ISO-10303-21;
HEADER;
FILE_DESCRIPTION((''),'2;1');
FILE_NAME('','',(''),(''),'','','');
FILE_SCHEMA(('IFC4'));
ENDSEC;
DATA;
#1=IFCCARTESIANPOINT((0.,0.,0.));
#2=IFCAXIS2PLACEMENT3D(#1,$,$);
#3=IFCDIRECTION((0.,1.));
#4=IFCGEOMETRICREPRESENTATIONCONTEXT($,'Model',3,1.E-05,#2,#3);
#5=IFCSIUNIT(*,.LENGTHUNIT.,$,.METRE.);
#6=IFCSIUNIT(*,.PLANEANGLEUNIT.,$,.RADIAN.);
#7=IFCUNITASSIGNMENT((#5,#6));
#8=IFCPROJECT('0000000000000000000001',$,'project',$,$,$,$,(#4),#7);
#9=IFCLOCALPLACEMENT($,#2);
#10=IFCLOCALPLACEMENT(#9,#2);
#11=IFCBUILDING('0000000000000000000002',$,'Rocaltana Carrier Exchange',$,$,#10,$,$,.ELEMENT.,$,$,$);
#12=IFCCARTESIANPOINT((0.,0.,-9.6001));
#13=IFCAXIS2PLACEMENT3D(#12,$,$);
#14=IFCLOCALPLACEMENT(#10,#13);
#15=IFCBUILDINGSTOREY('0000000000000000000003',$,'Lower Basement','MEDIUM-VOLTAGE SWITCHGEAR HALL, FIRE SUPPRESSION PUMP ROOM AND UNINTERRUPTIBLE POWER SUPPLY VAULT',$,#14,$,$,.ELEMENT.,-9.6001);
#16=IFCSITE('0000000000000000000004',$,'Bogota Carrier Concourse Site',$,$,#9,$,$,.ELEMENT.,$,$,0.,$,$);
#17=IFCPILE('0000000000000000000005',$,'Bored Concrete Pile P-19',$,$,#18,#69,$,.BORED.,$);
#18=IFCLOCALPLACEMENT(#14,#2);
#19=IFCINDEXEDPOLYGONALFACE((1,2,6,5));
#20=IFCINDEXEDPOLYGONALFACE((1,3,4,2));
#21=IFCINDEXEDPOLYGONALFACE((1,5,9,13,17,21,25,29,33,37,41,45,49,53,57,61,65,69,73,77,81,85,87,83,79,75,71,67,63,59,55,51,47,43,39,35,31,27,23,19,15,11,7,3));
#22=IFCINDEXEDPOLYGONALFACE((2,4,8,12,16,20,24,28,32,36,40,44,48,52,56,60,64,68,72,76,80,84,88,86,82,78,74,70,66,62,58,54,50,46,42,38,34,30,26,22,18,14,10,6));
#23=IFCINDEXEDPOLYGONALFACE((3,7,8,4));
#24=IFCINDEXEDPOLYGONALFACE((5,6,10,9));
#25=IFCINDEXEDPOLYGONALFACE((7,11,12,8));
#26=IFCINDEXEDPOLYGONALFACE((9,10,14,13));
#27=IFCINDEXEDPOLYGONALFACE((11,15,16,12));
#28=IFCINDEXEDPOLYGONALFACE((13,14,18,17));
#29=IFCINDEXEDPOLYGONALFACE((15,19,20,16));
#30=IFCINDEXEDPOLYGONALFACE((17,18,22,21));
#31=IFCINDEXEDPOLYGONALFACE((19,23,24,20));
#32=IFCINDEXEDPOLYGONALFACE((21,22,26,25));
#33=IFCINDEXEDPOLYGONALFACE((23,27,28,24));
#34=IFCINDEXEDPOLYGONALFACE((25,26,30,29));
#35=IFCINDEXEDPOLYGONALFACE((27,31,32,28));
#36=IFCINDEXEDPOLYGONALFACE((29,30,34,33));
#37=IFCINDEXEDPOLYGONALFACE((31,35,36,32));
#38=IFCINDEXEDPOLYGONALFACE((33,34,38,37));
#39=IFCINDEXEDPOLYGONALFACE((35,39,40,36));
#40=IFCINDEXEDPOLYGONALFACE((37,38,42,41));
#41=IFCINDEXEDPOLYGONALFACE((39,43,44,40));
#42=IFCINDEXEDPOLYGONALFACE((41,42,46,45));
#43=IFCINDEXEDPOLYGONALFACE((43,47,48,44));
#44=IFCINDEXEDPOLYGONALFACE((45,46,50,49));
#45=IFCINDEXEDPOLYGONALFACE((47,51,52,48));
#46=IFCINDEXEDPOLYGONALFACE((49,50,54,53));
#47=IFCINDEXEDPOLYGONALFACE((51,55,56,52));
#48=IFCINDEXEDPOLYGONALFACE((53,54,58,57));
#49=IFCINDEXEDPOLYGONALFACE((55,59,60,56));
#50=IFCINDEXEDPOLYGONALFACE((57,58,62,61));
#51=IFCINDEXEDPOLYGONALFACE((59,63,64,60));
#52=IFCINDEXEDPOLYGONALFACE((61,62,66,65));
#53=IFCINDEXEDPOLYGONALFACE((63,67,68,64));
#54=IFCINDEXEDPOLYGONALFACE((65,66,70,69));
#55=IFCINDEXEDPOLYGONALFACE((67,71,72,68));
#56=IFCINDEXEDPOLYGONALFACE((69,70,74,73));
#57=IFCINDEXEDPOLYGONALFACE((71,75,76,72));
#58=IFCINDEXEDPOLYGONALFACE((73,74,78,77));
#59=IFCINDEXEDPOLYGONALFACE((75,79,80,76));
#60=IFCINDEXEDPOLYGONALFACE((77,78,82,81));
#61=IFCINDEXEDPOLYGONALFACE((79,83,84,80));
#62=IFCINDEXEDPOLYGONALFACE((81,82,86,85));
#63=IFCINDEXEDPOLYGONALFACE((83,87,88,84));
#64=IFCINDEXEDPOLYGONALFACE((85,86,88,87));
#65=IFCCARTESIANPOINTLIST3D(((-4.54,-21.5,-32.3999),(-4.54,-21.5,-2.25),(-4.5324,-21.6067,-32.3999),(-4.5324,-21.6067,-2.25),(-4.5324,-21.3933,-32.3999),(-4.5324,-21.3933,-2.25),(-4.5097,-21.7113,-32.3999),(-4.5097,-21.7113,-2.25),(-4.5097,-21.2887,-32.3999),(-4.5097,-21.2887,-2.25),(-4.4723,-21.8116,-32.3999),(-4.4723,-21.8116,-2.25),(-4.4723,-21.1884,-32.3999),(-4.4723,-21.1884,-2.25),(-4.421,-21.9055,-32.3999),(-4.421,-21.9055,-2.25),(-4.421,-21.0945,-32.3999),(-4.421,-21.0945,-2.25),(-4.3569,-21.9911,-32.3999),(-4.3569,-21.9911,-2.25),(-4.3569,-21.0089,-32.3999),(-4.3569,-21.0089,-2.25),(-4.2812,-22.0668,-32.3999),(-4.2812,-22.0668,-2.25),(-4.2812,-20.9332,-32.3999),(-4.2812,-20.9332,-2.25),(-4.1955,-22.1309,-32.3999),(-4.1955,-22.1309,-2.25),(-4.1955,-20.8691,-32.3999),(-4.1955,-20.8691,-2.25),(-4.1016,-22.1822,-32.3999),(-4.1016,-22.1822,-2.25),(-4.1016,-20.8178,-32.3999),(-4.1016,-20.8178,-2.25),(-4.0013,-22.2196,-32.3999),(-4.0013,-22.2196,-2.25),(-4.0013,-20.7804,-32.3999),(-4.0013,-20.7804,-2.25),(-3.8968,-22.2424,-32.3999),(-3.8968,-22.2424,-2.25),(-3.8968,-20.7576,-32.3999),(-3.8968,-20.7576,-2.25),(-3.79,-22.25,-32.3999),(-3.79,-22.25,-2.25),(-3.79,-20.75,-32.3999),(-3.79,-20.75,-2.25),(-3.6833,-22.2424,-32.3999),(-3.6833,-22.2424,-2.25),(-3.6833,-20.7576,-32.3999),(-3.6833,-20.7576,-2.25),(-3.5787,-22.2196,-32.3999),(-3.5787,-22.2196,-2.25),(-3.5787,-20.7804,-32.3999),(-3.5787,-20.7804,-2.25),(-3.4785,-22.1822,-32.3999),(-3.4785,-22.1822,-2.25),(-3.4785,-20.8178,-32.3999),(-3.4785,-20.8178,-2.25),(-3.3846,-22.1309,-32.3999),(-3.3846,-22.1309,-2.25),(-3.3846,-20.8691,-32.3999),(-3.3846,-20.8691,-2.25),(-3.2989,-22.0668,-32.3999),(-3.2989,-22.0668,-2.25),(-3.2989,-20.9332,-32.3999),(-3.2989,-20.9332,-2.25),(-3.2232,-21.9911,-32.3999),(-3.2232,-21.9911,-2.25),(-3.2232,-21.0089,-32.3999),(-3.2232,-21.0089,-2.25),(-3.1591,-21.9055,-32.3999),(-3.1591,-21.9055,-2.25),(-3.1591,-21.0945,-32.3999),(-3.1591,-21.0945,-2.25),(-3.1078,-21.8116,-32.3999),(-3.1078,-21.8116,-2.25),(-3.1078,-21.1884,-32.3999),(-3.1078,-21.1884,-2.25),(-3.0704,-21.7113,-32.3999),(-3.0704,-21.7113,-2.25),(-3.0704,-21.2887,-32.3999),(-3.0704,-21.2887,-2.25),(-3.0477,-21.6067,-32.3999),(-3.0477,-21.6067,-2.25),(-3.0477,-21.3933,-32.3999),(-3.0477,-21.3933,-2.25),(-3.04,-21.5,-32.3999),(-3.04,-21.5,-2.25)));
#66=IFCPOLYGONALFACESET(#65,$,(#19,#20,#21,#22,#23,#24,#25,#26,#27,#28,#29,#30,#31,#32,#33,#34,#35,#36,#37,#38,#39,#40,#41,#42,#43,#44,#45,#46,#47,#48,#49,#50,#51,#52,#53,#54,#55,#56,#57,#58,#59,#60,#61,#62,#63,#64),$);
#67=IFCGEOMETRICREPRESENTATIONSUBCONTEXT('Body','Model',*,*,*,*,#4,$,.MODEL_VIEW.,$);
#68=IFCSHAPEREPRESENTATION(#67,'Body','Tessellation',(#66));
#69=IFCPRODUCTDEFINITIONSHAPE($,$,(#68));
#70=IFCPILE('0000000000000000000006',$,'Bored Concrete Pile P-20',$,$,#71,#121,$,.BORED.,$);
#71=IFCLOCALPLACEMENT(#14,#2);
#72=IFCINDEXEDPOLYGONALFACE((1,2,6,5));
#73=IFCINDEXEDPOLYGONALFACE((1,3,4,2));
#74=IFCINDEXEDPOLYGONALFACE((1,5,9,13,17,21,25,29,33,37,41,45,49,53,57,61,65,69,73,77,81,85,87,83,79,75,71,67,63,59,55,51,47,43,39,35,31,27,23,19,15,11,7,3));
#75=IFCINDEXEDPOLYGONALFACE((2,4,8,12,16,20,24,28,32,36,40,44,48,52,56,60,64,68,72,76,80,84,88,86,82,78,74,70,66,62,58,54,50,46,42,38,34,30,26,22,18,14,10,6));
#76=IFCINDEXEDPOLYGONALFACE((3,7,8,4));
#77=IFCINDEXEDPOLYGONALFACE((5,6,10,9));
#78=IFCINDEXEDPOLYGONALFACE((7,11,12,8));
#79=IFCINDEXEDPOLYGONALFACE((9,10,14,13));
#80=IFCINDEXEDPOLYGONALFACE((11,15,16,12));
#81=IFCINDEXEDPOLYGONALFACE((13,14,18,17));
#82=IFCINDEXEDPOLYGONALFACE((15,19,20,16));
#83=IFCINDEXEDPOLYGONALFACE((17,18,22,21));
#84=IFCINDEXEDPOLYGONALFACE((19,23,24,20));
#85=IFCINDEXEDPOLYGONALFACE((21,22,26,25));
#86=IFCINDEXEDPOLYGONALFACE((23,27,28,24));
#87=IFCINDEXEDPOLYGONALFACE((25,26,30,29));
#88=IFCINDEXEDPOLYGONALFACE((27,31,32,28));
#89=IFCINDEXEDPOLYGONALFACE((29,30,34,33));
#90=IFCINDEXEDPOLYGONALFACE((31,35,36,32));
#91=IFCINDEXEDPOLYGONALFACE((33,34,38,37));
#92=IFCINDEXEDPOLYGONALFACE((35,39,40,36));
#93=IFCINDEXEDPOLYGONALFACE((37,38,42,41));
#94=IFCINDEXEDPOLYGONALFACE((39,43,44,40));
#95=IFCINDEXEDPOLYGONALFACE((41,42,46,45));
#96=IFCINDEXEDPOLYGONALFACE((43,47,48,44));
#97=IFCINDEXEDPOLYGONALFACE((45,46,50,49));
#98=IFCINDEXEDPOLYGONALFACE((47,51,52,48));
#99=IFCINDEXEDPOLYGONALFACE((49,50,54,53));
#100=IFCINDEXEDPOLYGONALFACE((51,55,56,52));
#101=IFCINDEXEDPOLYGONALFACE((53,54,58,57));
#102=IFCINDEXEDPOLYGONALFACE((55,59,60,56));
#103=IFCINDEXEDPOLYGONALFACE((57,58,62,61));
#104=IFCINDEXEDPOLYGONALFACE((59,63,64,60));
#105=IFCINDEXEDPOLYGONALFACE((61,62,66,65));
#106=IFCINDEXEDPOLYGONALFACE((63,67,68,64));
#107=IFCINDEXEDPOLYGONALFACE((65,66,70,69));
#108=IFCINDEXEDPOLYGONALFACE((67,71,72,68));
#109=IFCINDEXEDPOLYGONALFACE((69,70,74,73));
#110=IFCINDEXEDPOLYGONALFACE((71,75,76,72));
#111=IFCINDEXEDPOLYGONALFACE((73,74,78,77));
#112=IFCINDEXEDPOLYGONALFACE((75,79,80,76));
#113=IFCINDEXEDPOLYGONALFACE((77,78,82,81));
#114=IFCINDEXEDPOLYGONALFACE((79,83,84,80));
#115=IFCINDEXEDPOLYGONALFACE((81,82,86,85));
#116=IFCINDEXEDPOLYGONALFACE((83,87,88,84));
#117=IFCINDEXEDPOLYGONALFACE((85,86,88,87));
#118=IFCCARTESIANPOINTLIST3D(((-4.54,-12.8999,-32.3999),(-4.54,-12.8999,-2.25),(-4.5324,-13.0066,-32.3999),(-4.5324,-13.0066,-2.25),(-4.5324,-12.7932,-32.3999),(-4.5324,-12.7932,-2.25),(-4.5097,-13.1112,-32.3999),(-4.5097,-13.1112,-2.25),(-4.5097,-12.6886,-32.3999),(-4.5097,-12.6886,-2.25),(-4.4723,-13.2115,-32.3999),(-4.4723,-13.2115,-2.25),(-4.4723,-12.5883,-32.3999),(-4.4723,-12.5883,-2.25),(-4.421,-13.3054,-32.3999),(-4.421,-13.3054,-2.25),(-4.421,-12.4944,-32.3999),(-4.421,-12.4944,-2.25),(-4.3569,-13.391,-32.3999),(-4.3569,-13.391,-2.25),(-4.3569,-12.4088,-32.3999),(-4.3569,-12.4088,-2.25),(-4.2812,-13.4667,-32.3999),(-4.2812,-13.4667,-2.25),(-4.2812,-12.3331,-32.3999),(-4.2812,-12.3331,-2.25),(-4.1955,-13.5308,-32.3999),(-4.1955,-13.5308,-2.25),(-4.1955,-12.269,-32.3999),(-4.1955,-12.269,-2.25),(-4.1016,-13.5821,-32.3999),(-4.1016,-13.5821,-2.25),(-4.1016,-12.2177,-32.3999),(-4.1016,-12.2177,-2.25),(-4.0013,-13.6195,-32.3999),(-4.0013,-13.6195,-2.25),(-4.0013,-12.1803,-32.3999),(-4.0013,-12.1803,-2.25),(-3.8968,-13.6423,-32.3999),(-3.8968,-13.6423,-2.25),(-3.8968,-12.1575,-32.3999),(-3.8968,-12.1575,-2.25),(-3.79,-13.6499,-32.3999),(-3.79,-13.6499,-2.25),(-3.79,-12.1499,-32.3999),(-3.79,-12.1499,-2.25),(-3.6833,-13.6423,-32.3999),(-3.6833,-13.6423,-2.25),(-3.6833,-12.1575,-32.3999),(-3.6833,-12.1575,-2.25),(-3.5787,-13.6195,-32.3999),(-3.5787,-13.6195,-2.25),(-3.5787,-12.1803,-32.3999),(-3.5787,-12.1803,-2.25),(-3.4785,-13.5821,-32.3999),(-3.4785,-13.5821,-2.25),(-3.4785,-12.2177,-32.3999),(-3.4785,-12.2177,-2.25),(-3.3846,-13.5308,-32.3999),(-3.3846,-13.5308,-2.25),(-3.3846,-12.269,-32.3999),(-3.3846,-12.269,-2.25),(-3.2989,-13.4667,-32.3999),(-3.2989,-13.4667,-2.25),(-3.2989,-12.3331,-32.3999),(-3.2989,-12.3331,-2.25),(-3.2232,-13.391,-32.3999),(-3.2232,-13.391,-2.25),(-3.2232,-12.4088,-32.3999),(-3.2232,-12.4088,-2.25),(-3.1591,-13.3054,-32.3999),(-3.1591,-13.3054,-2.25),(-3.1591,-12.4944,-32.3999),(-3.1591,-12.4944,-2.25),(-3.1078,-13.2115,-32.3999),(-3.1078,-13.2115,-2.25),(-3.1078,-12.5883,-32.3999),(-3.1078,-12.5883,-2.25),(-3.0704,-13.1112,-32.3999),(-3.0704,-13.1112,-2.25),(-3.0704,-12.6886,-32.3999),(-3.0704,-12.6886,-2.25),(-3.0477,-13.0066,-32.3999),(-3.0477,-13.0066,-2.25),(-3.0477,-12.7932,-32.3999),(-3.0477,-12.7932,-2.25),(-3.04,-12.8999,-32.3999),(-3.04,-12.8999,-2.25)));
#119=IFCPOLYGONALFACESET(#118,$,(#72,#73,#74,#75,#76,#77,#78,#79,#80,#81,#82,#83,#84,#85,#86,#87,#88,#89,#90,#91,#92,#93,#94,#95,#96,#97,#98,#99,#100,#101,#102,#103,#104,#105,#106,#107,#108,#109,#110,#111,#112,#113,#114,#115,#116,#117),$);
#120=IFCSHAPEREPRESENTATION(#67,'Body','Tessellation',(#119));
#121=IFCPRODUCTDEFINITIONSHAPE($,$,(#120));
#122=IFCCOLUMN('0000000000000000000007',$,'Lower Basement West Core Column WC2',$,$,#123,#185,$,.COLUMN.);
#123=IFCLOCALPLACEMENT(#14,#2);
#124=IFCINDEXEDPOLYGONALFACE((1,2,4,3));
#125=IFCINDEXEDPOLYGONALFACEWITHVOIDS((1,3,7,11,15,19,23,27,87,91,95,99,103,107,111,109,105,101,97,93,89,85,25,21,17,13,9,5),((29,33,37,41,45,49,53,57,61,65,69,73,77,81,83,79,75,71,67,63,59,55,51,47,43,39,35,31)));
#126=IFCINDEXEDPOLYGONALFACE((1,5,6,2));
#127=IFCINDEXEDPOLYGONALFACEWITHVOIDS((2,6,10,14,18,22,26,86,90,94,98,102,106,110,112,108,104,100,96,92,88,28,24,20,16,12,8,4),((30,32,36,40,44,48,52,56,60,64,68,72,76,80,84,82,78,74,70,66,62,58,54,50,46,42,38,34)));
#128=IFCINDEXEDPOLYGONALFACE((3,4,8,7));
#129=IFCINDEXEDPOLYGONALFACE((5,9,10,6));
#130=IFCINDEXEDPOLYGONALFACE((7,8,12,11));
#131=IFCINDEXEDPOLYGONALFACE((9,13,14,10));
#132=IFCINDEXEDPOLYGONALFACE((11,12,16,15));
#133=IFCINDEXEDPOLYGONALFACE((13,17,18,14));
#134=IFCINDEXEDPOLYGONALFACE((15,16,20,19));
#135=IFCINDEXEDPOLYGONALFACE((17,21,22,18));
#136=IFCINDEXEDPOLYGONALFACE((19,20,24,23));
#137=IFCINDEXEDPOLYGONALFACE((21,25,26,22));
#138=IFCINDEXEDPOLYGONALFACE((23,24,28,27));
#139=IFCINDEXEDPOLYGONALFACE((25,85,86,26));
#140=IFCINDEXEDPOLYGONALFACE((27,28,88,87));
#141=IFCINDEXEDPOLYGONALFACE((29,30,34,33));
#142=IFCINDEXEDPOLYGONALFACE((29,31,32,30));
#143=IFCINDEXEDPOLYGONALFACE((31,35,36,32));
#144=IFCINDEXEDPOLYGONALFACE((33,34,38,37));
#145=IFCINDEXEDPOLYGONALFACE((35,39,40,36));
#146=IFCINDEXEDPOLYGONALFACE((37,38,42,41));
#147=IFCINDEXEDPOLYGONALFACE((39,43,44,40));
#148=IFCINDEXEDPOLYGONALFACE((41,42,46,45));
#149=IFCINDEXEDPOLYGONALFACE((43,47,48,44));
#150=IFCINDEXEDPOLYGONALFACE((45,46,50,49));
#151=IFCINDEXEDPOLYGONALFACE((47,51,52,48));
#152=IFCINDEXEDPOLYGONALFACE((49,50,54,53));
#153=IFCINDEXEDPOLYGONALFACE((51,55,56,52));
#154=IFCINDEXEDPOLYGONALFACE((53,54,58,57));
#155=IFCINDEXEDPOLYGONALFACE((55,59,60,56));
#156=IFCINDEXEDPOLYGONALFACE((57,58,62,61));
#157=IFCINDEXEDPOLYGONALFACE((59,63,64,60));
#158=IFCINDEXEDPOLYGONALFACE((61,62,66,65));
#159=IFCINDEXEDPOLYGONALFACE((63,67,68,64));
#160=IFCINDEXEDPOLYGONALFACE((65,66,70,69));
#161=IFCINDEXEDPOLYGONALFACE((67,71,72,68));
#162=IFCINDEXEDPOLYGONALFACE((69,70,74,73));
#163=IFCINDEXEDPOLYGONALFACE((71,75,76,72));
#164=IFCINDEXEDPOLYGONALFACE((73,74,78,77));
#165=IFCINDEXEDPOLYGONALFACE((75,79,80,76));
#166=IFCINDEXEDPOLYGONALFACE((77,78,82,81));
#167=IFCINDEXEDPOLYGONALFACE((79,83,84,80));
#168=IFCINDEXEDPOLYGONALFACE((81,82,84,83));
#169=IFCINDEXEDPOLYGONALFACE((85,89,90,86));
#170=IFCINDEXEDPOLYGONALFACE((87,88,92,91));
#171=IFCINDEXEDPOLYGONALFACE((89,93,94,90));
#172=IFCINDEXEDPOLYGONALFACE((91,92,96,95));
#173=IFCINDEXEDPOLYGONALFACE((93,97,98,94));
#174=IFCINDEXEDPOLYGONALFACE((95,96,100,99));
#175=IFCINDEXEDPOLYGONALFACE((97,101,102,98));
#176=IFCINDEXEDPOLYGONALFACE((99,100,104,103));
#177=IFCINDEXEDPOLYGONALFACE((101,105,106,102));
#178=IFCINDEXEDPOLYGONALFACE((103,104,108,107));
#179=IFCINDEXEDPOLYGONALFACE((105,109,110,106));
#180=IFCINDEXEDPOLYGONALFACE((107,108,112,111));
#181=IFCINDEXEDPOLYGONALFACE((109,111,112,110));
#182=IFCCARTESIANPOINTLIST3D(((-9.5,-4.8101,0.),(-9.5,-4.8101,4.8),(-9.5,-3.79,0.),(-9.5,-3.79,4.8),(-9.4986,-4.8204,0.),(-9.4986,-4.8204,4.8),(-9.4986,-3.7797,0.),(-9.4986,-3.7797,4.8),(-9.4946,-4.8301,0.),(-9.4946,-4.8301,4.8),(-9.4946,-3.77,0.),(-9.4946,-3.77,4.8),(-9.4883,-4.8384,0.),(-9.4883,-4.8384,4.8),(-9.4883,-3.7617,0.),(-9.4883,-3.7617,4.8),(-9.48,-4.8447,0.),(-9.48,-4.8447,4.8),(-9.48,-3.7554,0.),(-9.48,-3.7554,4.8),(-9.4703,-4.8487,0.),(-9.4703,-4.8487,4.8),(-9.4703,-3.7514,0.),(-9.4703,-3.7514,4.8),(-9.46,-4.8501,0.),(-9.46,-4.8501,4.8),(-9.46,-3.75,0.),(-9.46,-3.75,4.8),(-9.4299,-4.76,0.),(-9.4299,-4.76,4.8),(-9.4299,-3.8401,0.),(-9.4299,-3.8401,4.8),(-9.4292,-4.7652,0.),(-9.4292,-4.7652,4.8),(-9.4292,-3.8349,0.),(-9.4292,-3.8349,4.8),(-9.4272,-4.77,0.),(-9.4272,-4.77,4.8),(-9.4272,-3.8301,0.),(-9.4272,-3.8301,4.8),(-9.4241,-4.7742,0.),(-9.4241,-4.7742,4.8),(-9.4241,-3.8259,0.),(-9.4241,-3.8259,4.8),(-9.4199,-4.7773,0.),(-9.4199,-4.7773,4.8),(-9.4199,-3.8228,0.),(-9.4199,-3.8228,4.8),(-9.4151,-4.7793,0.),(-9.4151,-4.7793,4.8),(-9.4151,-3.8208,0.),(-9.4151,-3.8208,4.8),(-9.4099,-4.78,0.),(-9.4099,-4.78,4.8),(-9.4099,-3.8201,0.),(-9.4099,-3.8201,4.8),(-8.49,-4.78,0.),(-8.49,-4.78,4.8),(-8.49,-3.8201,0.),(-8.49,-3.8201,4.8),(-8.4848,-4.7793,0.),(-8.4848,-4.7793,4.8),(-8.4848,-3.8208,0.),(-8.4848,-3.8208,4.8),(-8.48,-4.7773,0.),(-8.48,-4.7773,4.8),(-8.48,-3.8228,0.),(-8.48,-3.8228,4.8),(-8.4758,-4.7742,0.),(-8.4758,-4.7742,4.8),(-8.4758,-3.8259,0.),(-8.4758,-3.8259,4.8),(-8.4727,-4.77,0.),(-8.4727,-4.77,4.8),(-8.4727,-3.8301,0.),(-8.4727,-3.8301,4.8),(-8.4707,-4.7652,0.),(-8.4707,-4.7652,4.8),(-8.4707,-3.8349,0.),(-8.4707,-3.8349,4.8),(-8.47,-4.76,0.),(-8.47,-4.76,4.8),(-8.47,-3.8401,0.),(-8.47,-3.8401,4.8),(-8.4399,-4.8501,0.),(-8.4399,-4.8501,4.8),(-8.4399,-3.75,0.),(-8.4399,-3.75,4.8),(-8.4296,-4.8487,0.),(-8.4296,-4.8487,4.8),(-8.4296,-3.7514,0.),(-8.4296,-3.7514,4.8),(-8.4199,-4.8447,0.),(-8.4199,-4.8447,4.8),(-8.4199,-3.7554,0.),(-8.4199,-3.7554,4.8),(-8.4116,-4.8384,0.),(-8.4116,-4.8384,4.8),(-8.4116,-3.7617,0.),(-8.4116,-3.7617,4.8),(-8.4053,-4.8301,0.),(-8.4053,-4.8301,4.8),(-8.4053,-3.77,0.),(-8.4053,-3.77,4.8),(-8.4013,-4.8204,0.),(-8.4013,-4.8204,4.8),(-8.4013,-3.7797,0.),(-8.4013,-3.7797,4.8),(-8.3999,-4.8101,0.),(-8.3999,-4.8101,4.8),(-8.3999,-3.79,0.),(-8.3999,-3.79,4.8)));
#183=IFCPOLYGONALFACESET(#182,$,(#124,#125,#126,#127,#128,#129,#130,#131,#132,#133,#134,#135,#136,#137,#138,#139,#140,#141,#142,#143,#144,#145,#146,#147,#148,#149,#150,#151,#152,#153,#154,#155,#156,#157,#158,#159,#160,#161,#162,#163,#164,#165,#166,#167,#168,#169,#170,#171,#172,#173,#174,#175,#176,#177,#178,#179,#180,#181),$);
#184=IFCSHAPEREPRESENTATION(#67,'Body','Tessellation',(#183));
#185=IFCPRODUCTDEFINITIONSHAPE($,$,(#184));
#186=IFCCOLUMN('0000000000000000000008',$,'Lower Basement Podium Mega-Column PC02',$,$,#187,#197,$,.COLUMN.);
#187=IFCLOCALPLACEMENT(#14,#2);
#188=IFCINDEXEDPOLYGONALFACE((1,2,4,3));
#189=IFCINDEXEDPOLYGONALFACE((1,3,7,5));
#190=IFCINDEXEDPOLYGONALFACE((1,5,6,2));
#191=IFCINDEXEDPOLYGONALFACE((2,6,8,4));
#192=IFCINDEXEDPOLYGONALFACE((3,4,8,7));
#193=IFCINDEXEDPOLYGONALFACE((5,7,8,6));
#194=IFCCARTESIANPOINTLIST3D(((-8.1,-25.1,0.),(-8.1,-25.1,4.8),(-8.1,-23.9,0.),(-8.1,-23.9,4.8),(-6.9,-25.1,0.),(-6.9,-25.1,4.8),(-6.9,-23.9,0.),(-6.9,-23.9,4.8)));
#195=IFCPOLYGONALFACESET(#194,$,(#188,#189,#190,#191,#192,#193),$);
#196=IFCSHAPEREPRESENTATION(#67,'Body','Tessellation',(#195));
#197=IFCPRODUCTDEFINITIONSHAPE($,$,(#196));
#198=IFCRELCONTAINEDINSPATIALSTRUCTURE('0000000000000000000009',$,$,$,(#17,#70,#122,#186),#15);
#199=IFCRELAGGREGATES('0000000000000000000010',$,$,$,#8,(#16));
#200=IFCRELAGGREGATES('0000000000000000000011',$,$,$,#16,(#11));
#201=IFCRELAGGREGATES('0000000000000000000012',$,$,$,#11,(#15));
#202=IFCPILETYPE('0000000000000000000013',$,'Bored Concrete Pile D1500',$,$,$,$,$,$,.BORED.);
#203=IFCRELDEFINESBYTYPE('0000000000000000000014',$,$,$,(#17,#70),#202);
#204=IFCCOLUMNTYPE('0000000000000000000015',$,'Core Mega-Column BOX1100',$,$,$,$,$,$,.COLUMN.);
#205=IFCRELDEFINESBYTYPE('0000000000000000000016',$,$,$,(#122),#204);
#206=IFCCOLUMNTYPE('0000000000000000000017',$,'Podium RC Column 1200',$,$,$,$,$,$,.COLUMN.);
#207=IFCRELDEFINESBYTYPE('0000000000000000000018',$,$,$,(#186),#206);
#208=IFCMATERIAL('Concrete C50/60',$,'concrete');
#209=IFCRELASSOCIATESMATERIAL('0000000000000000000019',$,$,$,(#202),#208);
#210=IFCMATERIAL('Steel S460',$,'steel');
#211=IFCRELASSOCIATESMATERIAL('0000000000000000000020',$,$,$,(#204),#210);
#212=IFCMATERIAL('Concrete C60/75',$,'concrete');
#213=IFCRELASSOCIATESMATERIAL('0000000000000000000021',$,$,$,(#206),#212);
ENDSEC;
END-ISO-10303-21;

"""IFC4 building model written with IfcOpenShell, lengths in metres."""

from ifc_helpers import new_model, si_unit, direction, frame, origin, origin_2d, place, context, subcontext, project, spatial, rectangle, hollow_rectangle, circle, extrude, material, material_profile, profile_set, type_object, element, save


model = new_model("IFC4")

# Units and contexts
model_context = context("Model", 3, precision=1e-05, world=origin(), true_north=direction((0.0, 1.0)))
body_context = subcontext(model_context, "Body", "Model", "MODEL_VIEW")
ifc_project = project(units=[si_unit("LENGTHUNIT", "METRE"), si_unit("PLANEANGLEUNIT", "RADIAN")], contexts=[model_context])

# Site, building, storey
site_placement = place(None, origin())
site = spatial("IfcSite", under=ifc_project, at=site_placement, Name="Bogota Carrier Concourse Site", CompositionType="ELEMENT", RefElevation=0.0)
building_placement = place(site_placement, origin())
building = spatial("IfcBuilding", under=site, at=building_placement, Name="Rocaltana Carrier Exchange", CompositionType="ELEMENT")
storey_placement = place(building_placement, frame((0.0, 0.0, -9.6001)))
storey = spatial("IfcBuildingStorey", under=building, at=storey_placement, Name="Lower Basement", Description="MEDIUM-VOLTAGE SWITCHGEAR HALL, FIRE SUPPRESSION PUMP ROOM AND UNINTERRUPTIBLE POWER SUPPLY VAULT", CompositionType="ELEMENT", Elevation=-9.6001)

# Piles
ifc_material_1 = material(Name="Concrete C50/60", Category="concrete")
ifc_material_profile_1 = material_profile(ifc_material_1, circle(Radius=0.75, at=origin_2d()), Name="PILE-D1500")
ifc_profile_set_1 = profile_set([ifc_material_profile_1], Name="Concrete C50/60")
pile_type = type_object("IfcPileType", Name="Bored Concrete Pile D1500", PredefinedType="BORED", material=ifc_profile_set_1)
for number, where, z_axis, x_axis, name in (
    (1, (-3.79, -21.5, -2.25), (0.0, 0.0, -1.0), (1.0, 0.0, 0.0), "Bored Concrete Pile P-19"),
    (2, (-3.79, -12.8999, -2.25), (0.0, 0.0, -1.0), (1.0, 0.0, 0.0), "Bored Concrete Pile P-20"),
):
    element("IfcPile", number, at=place(storey_placement, frame(where, z_axis=z_axis, x_axis=x_axis)), inside=storey, type_object=pile_type, Name=name, PredefinedType="BORED", context=body_context, shape_type="SweptSolid", body=[
        extrude(circle(Radius=0.75, at=origin_2d()), origin(), (0.0, 0.0, 1.0), 30.1499),
    ])

# Columns
ifc_material_2 = material(Name="Steel S460", Category="steel")
ifc_material_profile_2 = material_profile(ifc_material_2, hollow_rectangle(XDim=1.1001, YDim=1.1001, WallThickness=0.0701, InnerFilletRadius=0.02, OuterFilletRadius=0.04, at=origin_2d()), Name="BOX1100X1100X70")
ifc_profile_set_2 = profile_set([ifc_material_profile_2], Name="Steel S460")
column_type_1 = type_object("IfcColumnType", Name="Core Mega-Column BOX1100", PredefinedType="COLUMN", material=ifc_profile_set_2)
column_1_placement = place(storey_placement, frame((-8.95, -4.3, 0.0), z_axis=(0.0, 0.0, 1.0), x_axis=(1.0, 0.0, 0.0)))
element("IfcColumn", 3, at=column_1_placement, inside=storey, type_object=column_type_1, Name="Lower Basement West Core Column WC2", PredefinedType="COLUMN", context=body_context, shape_type="SweptSolid", body=[
    extrude(hollow_rectangle(XDim=1.1001, YDim=1.1001, WallThickness=0.0701, InnerFilletRadius=0.02, OuterFilletRadius=0.04, at=origin_2d()), origin(), (0.0, 0.0, 1.0), 4.8),
])
ifc_material_3 = material(Name="Concrete C60/75", Category="concrete")
ifc_material_profile_3 = material_profile(ifc_material_3, rectangle(XDim=1.2, YDim=1.2, at=origin_2d()), Name="RC-COL-1200X1200")
ifc_profile_set_3 = profile_set([ifc_material_profile_3], Name="Concrete C60/75")
column_type_2 = type_object("IfcColumnType", Name="Podium RC Column 1200", PredefinedType="COLUMN", material=ifc_profile_set_3)
column_2_placement = place(storey_placement, frame((-7.5, -24.5, 0.0), z_axis=(0.0, 0.0, 1.0), x_axis=(1.0, 0.0, 0.0)))
element("IfcColumn", 4, at=column_2_placement, inside=storey, type_object=column_type_2, Name="Lower Basement Podium Mega-Column PC02", PredefinedType="COLUMN", context=body_context, shape_type="SweptSolid", body=[
    extrude(rectangle(XDim=1.2, YDim=1.2, at=origin_2d()), origin(), (0.0, 0.0, 1.0), 4.8),
])

save(model, "model.ifc")
